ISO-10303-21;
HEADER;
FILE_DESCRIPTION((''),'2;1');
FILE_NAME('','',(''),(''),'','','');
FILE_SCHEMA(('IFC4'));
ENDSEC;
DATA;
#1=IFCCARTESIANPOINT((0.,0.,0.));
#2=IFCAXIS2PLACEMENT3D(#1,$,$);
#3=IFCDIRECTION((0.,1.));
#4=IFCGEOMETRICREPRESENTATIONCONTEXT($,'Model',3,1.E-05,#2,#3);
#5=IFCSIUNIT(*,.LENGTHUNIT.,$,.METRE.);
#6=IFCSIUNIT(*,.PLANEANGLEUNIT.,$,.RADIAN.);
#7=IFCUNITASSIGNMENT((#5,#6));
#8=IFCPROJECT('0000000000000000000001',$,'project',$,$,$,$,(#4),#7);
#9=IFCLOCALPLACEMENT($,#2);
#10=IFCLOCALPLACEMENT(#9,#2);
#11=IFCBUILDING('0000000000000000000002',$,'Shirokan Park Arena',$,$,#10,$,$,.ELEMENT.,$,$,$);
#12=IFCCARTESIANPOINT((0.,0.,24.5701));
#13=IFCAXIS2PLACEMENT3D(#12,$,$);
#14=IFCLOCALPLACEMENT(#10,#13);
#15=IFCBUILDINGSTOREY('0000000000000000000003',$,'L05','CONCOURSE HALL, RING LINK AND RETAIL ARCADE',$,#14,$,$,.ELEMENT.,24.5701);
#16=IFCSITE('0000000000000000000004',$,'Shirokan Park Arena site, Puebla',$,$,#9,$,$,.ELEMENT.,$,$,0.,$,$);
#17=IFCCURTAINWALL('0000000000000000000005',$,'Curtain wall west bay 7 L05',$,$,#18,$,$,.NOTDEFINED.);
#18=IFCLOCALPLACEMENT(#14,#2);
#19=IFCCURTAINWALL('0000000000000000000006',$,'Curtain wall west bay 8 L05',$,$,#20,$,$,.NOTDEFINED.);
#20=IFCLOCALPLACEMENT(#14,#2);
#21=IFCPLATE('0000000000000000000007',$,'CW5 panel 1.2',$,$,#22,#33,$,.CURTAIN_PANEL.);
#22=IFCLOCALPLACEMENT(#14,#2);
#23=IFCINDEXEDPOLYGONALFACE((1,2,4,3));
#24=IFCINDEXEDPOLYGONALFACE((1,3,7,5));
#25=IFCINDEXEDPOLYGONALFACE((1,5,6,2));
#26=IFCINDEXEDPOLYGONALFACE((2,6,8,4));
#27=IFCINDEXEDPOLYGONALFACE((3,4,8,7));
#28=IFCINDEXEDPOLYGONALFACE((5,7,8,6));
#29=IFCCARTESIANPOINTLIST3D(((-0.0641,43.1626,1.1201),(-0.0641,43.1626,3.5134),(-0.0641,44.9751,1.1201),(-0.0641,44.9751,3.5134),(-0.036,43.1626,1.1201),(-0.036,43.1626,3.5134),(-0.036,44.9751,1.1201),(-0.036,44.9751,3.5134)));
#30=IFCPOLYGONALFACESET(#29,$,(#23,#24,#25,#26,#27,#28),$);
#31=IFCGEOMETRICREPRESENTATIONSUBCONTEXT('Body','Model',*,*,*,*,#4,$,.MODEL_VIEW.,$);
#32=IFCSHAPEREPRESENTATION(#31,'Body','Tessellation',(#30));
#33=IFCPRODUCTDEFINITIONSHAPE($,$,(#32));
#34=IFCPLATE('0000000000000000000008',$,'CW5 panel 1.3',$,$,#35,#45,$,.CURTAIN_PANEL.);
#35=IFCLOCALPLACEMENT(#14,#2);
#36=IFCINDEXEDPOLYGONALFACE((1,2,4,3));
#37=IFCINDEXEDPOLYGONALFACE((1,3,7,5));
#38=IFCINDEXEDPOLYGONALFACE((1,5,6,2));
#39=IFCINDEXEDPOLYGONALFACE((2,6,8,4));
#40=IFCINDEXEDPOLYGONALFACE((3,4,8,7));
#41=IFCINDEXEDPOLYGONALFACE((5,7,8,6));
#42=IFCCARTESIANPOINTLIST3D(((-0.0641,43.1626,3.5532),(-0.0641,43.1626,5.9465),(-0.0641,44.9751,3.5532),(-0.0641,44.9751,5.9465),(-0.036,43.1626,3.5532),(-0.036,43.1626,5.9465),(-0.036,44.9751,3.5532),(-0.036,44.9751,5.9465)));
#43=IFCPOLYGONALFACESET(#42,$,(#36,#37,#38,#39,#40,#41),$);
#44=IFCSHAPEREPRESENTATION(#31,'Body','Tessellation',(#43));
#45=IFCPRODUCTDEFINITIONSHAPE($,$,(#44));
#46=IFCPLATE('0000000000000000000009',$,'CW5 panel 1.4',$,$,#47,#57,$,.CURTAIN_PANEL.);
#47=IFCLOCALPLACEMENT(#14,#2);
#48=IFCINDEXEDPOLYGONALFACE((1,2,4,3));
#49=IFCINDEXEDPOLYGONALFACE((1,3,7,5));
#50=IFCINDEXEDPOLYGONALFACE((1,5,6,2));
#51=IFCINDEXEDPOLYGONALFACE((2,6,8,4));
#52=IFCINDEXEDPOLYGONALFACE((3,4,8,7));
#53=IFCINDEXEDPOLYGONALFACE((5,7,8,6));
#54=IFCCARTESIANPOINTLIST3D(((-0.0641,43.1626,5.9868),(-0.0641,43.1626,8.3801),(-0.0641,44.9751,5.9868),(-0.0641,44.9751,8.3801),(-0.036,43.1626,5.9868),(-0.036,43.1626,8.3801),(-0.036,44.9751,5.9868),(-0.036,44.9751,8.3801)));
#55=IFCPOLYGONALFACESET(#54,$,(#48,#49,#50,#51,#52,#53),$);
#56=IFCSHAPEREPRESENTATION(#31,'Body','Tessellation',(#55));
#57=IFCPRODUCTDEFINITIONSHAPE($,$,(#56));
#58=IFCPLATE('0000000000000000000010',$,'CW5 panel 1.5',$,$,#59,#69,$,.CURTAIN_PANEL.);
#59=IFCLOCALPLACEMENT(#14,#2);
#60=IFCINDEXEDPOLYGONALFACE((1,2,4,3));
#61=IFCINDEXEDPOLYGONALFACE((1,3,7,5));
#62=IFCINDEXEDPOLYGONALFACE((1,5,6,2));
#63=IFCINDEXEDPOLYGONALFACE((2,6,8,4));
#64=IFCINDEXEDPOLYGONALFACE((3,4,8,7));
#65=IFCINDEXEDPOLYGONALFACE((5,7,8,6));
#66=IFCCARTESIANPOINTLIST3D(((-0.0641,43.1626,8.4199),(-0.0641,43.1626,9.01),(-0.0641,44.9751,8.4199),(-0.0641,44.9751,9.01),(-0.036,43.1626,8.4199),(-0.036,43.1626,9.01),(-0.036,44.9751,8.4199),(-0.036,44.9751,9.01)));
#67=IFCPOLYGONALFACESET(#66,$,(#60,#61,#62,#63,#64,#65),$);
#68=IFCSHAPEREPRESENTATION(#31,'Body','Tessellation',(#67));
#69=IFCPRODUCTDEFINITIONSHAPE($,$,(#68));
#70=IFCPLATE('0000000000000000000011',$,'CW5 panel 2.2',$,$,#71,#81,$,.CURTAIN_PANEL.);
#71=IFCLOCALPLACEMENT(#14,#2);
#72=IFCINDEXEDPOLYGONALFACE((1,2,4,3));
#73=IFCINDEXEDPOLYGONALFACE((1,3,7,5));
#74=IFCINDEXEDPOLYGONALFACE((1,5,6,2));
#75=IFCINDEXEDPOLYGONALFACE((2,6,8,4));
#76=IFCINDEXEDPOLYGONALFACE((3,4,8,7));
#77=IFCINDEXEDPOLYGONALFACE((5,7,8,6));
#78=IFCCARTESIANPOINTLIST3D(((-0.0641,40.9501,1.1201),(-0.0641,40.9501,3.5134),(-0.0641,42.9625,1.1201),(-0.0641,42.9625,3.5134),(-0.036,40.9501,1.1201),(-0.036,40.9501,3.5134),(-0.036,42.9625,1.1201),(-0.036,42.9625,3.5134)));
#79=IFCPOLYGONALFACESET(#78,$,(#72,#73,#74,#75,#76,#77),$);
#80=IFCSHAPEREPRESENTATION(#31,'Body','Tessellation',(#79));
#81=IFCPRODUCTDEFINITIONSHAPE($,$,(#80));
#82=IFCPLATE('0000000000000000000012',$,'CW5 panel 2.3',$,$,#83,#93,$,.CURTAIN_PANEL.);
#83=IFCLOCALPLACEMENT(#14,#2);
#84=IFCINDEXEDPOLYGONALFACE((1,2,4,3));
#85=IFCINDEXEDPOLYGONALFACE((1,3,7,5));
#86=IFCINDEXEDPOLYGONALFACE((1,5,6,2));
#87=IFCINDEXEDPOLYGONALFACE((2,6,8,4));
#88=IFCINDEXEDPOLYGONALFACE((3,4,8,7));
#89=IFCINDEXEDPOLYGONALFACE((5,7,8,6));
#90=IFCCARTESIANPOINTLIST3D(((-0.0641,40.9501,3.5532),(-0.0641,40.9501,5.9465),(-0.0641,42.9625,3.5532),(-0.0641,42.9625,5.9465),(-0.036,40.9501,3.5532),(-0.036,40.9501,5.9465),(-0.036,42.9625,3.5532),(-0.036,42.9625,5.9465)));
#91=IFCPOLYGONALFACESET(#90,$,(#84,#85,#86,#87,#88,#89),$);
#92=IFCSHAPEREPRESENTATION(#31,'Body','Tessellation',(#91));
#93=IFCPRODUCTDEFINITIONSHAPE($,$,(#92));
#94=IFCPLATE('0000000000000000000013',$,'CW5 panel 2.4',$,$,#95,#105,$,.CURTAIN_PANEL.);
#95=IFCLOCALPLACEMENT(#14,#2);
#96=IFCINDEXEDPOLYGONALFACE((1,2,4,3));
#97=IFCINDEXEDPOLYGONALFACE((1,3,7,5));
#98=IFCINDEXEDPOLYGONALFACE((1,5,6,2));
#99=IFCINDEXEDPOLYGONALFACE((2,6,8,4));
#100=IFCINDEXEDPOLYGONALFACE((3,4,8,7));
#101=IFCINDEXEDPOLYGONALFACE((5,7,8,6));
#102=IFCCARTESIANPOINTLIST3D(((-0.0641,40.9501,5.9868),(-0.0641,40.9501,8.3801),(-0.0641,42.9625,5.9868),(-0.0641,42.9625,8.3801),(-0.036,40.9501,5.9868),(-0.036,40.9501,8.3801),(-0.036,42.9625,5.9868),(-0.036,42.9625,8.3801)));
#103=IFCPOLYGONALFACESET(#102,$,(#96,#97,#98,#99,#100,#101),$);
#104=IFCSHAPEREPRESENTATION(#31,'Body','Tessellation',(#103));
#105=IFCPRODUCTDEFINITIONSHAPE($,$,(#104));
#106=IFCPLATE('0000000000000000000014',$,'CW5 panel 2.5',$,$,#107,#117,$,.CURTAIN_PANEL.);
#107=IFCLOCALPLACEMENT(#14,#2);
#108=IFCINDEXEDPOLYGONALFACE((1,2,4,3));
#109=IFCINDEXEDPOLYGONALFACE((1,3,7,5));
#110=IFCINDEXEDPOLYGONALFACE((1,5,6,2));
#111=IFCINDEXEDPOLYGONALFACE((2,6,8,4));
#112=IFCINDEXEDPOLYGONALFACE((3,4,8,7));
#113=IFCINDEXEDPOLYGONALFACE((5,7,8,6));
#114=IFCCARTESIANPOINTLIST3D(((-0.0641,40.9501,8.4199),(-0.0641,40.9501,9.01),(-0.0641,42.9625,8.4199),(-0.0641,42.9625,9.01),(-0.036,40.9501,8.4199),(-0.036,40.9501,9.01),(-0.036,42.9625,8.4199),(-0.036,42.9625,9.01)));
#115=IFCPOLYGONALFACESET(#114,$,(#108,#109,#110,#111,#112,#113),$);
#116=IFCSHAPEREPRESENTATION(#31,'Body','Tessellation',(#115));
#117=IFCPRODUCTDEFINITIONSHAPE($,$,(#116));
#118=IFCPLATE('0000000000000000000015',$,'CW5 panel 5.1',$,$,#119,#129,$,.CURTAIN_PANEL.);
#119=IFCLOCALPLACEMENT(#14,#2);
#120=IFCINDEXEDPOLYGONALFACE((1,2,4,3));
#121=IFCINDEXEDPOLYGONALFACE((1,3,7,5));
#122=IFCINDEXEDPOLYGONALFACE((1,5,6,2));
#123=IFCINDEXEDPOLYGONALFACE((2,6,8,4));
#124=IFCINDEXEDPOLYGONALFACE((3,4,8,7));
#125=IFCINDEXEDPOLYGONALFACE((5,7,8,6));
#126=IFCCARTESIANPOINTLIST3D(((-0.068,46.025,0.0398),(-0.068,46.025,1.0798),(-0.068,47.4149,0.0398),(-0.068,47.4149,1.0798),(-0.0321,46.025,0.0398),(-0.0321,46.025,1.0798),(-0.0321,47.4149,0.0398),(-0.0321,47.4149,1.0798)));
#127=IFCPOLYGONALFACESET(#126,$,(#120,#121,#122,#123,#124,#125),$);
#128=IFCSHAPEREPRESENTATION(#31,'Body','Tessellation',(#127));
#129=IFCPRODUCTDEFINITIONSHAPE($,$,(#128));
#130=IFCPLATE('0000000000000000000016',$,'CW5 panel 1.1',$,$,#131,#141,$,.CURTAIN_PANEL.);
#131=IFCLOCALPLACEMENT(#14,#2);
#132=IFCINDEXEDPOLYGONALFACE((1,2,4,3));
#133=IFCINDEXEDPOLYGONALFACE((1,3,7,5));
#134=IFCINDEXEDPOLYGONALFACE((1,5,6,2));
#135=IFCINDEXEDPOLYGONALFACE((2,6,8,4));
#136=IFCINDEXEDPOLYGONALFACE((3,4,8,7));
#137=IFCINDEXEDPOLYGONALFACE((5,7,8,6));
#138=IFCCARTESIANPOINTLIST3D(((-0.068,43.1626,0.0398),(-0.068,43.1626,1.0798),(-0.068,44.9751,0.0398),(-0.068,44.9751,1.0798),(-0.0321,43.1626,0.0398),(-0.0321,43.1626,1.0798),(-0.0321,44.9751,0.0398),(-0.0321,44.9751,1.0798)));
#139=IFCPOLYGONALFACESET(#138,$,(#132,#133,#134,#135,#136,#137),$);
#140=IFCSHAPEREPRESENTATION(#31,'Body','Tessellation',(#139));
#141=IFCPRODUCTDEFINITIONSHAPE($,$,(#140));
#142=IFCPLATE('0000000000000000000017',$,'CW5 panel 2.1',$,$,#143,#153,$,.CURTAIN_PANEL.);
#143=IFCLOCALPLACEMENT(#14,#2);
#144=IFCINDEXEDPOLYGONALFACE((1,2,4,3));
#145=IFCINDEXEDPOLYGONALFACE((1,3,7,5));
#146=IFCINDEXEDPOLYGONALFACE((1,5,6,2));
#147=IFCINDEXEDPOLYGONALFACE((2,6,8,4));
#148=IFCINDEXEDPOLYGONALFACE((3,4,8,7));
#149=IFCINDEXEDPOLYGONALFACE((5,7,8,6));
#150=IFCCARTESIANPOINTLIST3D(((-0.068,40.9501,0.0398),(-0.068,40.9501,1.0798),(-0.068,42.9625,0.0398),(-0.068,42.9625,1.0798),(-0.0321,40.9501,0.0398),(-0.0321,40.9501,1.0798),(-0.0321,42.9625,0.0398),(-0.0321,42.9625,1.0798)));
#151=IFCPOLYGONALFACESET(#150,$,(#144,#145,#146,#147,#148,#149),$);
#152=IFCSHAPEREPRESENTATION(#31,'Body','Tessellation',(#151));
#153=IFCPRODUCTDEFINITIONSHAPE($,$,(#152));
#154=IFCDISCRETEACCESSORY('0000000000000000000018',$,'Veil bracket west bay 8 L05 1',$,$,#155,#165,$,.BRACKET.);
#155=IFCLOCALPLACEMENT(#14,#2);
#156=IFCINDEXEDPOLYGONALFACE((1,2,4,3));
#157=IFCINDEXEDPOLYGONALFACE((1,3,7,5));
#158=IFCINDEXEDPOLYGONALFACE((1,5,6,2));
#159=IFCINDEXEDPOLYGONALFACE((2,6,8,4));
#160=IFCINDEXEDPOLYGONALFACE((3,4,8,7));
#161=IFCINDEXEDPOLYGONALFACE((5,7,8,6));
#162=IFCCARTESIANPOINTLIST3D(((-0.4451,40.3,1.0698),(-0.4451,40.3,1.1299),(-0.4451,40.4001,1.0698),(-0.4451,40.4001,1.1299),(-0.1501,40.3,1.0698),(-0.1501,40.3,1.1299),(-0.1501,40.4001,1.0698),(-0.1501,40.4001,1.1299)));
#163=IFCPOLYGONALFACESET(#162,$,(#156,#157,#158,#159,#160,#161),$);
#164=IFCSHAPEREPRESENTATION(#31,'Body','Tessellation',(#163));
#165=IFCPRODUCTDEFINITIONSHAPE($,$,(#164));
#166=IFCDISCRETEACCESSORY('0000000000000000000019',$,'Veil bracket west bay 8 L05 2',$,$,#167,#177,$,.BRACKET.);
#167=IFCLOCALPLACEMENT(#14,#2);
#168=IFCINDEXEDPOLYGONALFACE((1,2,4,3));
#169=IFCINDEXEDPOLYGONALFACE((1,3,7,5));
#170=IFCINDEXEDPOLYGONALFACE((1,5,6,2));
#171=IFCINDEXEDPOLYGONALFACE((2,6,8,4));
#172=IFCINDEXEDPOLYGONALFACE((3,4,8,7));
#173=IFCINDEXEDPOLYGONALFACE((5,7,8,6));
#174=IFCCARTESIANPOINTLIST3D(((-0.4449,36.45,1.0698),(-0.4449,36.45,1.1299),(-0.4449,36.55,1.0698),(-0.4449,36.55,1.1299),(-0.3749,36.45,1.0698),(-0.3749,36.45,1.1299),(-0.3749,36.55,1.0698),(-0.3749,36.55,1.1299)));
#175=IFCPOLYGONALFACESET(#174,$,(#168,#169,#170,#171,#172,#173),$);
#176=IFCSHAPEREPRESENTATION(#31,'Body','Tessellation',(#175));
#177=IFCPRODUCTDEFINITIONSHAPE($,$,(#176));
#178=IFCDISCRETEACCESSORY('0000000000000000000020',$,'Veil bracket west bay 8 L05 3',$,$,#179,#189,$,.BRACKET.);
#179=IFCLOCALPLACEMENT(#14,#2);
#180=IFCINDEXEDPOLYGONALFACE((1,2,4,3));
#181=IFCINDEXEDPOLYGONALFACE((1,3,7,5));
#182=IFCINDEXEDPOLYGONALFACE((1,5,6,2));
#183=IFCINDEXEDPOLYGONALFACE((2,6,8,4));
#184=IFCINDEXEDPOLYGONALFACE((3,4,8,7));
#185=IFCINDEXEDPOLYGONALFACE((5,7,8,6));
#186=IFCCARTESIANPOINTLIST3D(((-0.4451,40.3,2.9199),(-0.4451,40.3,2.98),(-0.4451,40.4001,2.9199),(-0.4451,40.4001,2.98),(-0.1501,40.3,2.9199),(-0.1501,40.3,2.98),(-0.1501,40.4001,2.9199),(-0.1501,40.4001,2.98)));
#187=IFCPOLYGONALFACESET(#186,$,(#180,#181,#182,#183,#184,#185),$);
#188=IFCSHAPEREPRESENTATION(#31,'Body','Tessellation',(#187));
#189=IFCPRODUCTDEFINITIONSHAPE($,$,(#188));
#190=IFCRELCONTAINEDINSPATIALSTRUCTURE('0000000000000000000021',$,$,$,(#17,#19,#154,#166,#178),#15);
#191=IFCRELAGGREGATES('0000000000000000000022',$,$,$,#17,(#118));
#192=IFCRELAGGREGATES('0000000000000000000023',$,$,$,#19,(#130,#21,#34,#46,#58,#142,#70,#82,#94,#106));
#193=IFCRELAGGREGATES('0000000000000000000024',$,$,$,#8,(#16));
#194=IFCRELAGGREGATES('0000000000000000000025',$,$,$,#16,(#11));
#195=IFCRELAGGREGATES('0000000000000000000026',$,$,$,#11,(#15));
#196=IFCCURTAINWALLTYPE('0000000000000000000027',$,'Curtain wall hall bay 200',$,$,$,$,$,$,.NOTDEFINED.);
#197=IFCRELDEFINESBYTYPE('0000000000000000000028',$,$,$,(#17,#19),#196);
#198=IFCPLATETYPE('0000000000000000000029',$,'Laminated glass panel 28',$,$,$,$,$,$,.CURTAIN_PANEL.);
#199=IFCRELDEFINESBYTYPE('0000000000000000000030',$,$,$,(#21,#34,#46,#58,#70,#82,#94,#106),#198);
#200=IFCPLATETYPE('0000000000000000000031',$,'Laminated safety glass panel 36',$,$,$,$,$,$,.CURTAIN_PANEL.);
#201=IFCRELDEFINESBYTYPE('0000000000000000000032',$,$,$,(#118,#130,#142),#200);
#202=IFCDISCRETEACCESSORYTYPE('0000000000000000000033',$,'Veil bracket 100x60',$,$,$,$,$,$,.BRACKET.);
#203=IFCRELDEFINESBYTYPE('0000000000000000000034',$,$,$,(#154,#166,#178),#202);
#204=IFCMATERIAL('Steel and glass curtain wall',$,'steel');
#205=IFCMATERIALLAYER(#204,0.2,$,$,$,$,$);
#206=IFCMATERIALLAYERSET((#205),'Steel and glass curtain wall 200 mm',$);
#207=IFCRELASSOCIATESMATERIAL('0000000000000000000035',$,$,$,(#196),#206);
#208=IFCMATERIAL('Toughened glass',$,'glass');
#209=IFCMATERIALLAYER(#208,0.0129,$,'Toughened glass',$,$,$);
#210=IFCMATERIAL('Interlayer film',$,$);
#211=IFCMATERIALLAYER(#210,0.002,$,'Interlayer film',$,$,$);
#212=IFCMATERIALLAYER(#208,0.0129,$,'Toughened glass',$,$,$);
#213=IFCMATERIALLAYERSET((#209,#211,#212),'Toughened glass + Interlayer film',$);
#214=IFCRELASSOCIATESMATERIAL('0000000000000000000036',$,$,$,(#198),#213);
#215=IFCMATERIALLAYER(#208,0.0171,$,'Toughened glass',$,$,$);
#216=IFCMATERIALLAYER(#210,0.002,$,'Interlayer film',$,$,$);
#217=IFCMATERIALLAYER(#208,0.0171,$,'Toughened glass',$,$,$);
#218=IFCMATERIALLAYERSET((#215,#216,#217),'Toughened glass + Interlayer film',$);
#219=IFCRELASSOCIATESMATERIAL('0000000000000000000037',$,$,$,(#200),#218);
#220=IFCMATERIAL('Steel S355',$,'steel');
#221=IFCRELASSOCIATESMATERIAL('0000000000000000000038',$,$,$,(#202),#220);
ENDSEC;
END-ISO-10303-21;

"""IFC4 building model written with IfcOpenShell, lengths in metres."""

from ifc_helpers import new_model, si_unit, direction, frame, origin, origin_2d, place, context, subcontext, project, spatial, rectangle, extrude, material, layer, layer_set, type_object, element, aggregate, save


model = new_model("IFC4")

# Units and contexts
model_context = context("Model", 3, precision=1e-05, world=origin(), true_north=direction((0.0, 1.0)))
body_context = subcontext(model_context, "Body", "Model", "MODEL_VIEW")
ifc_project = project(units=[si_unit("LENGTHUNIT", "METRE"), si_unit("PLANEANGLEUNIT", "RADIAN")], contexts=[model_context])

# Site, building, storey
site_placement = place(None, origin())
site = spatial("IfcSite", under=ifc_project, at=site_placement, Name="Shirokan Park Arena site, Puebla", CompositionType="ELEMENT", RefElevation=0.0)
building_placement = place(site_placement, origin())
building = spatial("IfcBuilding", under=site, at=building_placement, Name="Shirokan Park Arena", CompositionType="ELEMENT")
storey_placement = place(building_placement, frame((0.0, 0.0, 24.5701)))
storey = spatial("IfcBuildingStorey", under=building, at=storey_placement, Name="L05", Description="CONCOURSE HALL, RING LINK AND RETAIL ARCADE", CompositionType="ELEMENT", Elevation=24.5701)

# Curtain wall
ifc_material_1 = material(Name="Steel and glass curtain wall", Category="steel")
ifc_layer_1 = layer(ifc_material_1, 0.2)
ifc_layer_set_1 = layer_set([ifc_layer_1], Name="Steel and glass curtain wall 200 mm")
curtain_wall_type = type_object("IfcCurtainWallType", Name="Curtain wall hall bay 200", PredefinedType="NOTDEFINED", material=ifc_layer_set_1)
curtain_wall_1_placement = place(storey_placement, origin())
curtain_wall_1 = element("IfcCurtainWall", 1, at=curtain_wall_1_placement, inside=storey, type_object=curtain_wall_type, Name="Curtain wall west bay 7 L05", PredefinedType="NOTDEFINED")
ifc_material_2 = material(Name="Steel S355", Category="steel")

# Curtain wall
curtain_wall_2_placement = place(storey_placement, origin())
curtain_wall_2 = element("IfcCurtainWall", 2, at=curtain_wall_2_placement, inside=storey, type_object=curtain_wall_type, Name="Curtain wall west bay 8 L05", PredefinedType="NOTDEFINED")

# Plates
ifc_material_3 = material(Name="Toughened glass", Category="glass")
ifc_layer_2 = layer(ifc_material_3, 0.0129, Name="Toughened glass")
ifc_material_4 = material(Name="Interlayer film")
ifc_layer_3 = layer(ifc_material_4, 0.002, Name="Interlayer film")
ifc_layer_4 = layer(ifc_material_3, 0.0129, Name="Toughened glass")
ifc_layer_set_2 = layer_set([ifc_layer_2, ifc_layer_3, ifc_layer_4], Name="Toughened glass + Interlayer film")
plate_type_1 = type_object("IfcPlateType", Name="Laminated glass panel 28", PredefinedType="CURTAIN_PANEL", material=ifc_layer_set_2)
plate_1_placement = place(storey_placement, frame((-0.05, 44.0688, 1.1201), z_axis=(0.0, 0.0, 1.0), x_axis=(0.0, -1.0, 0.0)))
plate_1 = element("IfcPlate", 3, at=plate_1_placement, type_object=plate_type_1, Name="CW5 panel 1.2", PredefinedType="CURTAIN_PANEL", context=body_context, shape_type="SweptSolid", body=[
    extrude(rectangle(XDim=1.8125, YDim=0.0281, at=origin_2d()), origin(), (0.0, 0.0, 1.0), 2.3933),
])
plate_2_placement = place(storey_placement, frame((-0.05, 44.0688, 3.5532), z_axis=(0.0, 0.0, 1.0), x_axis=(0.0, -1.0, 0.0)))
plate_2 = element("IfcPlate", 4, at=plate_2_placement, type_object=plate_type_1, Name="CW5 panel 1.3", PredefinedType="CURTAIN_PANEL", context=body_context, shape_type="SweptSolid", body=[
    extrude(rectangle(XDim=1.8125, YDim=0.0281, at=origin_2d()), origin(), (0.0, 0.0, 1.0), 2.3933),
])
plate_3_placement = place(storey_placement, frame((-0.05, 44.0688, 5.9868), z_axis=(0.0, 0.0, 1.0), x_axis=(0.0, -1.0, 0.0)))
plate_3 = element("IfcPlate", 5, at=plate_3_placement, type_object=plate_type_1, Name="CW5 panel 1.4", PredefinedType="CURTAIN_PANEL", context=body_context, shape_type="SweptSolid", body=[
    extrude(rectangle(XDim=1.8125, YDim=0.0281, at=origin_2d()), origin(), (0.0, 0.0, 1.0), 2.3933),
])
plate_4_placement = place(storey_placement, frame((-0.05, 44.0688, 8.4199), z_axis=(0.0, 0.0, 1.0), x_axis=(0.0, -1.0, 0.0)))
plate_4 = element("IfcPlate", 6, at=plate_4_placement, type_object=plate_type_1, Name="CW5 panel 1.5", PredefinedType="CURTAIN_PANEL", context=body_context, shape_type="SweptSolid", body=[
    extrude(rectangle(XDim=1.8125, YDim=0.0281, at=origin_2d()), origin(), (0.0, 0.0, 1.0), 0.5901),
])
plate_5_placement = place(storey_placement, frame((-0.05, 41.9563, 1.1201), z_axis=(0.0, 0.0, 1.0), x_axis=(0.0, -1.0, 0.0)))
plate_5 = element("IfcPlate", 7, at=plate_5_placement, type_object=plate_type_1, Name="CW5 panel 2.2", PredefinedType="CURTAIN_PANEL", context=body_context, shape_type="SweptSolid", body=[
    extrude(rectangle(XDim=2.0125, YDim=0.0281, at=origin_2d()), origin(), (0.0, 0.0, 1.0), 2.3933),
])
plate_6_placement = place(storey_placement, frame((-0.05, 41.9563, 3.5532), z_axis=(0.0, 0.0, 1.0), x_axis=(0.0, -1.0, 0.0)))
plate_6 = element("IfcPlate", 8, at=plate_6_placement, type_object=plate_type_1, Name="CW5 panel 2.3", PredefinedType="CURTAIN_PANEL", context=body_context, shape_type="SweptSolid", body=[
    extrude(rectangle(XDim=2.0125, YDim=0.0281, at=origin_2d()), origin(), (0.0, 0.0, 1.0), 2.3933),
])
plate_7_placement = place(storey_placement, frame((-0.05, 41.9563, 5.9868), z_axis=(0.0, 0.0, 1.0), x_axis=(0.0, -1.0, 0.0)))
plate_7 = element("IfcPlate", 9, at=plate_7_placement, type_object=plate_type_1, Name="CW5 panel 2.4", PredefinedType="CURTAIN_PANEL", context=body_context, shape_type="SweptSolid", body=[
    extrude(rectangle(XDim=2.0125, YDim=0.0281, at=origin_2d()), origin(), (0.0, 0.0, 1.0), 2.3933),
])
plate_8_placement = place(storey_placement, frame((-0.05, 41.9563, 8.4199), z_axis=(0.0, 0.0, 1.0), x_axis=(0.0, -1.0, 0.0)))
plate_8 = element("IfcPlate", 10, at=plate_8_placement, type_object=plate_type_1, Name="CW5 panel 2.5", PredefinedType="CURTAIN_PANEL", context=body_context, shape_type="SweptSolid", body=[
    extrude(rectangle(XDim=2.0125, YDim=0.0281, at=origin_2d()), origin(), (0.0, 0.0, 1.0), 0.5901),
])
ifc_layer_5 = layer(ifc_material_3, 0.0171, Name="Toughened glass")
ifc_layer_6 = layer(ifc_material_4, 0.002, Name="Interlayer film")
ifc_layer_7 = layer(ifc_material_3, 0.0171, Name="Toughened glass")
ifc_layer_set_3 = layer_set([ifc_layer_5, ifc_layer_6, ifc_layer_7], Name="Toughened glass + Interlayer film")
plate_type_2 = type_object("IfcPlateType", Name="Laminated safety glass panel 36", PredefinedType="CURTAIN_PANEL", material=ifc_layer_set_3)
plate_9_placement = place(storey_placement, frame((-0.05, 46.72, 0.0398), z_axis=(0.0, 0.0, 1.0), x_axis=(0.0, -1.0, 0.0)))
plate_9 = element("IfcPlate", 11, at=plate_9_placement, type_object=plate_type_2, Name="CW5 panel 5.1", PredefinedType="CURTAIN_PANEL", context=body_context, shape_type="SweptSolid", body=[
    extrude(rectangle(XDim=1.3899, YDim=0.0359, at=origin_2d()), origin(), (0.0, 0.0, 1.0), 1.04),
])
aggregate(curtain_wall_1, [plate_9])
plate_10_placement = place(storey_placement, frame((-0.05, 44.0688, 0.0398), z_axis=(0.0, 0.0, 1.0), x_axis=(0.0, -1.0, 0.0)))
plate_10 = element("IfcPlate", 12, at=plate_10_placement, type_object=plate_type_2, Name="CW5 panel 1.1", PredefinedType="CURTAIN_PANEL", context=body_context, shape_type="SweptSolid", body=[
    extrude(rectangle(XDim=1.8125, YDim=0.0359, at=origin_2d()), origin(), (0.0, 0.0, 1.0), 1.04),
])
plate_11_placement = place(storey_placement, frame((-0.05, 41.9563, 0.0398), z_axis=(0.0, 0.0, 1.0), x_axis=(0.0, -1.0, 0.0)))
plate_11 = element("IfcPlate", 13, at=plate_11_placement, type_object=plate_type_2, Name="CW5 panel 2.1", PredefinedType="CURTAIN_PANEL", context=body_context, shape_type="SweptSolid", body=[
    extrude(rectangle(XDim=2.0125, YDim=0.0359, at=origin_2d()), origin(), (0.0, 0.0, 1.0), 1.04),
])
aggregate(curtain_wall_2, [plate_10, plate_1, plate_2, plate_3, plate_4, plate_11, plate_5, plate_6, plate_7, plate_8])

# Discrete accessories
discrete_accessory_type = type_object("IfcDiscreteAccessoryType", Name="Veil bracket 100x60", PredefinedType="BRACKET", material=ifc_material_2)
discrete_accessory_1_placement = place(storey_placement, frame((-0.2976, 40.3501, 1.0698), z_axis=(0.0, 0.0, 1.0), x_axis=(0.0, -1.0, 0.0)))
element("IfcDiscreteAccessory", 14, at=discrete_accessory_1_placement, inside=storey, type_object=discrete_accessory_type, Name="Veil bracket west bay 8 L05 1", PredefinedType="BRACKET", context=body_context, shape_type="SweptSolid", body=[
    extrude(rectangle(XDim=0.1001, YDim=0.2949, at=origin_2d()), origin(), (0.0, 0.0, 1.0), 0.0601),
])
discrete_accessory_2_placement = place(storey_placement, frame((-0.4099, 36.5, 1.0698), z_axis=(0.0, 0.0, 1.0), x_axis=(0.0, -1.0, 0.0)))
element("IfcDiscreteAccessory", 15, at=discrete_accessory_2_placement, inside=storey, type_object=discrete_accessory_type, Name="Veil bracket west bay 8 L05 2", PredefinedType="BRACKET", context=body_context, shape_type="SweptSolid", body=[
    extrude(rectangle(XDim=0.1001, YDim=0.0701, at=origin_2d()), origin(), (0.0, 0.0, 1.0), 0.0601),
])
discrete_accessory_3_placement = place(storey_placement, frame((-0.2976, 40.3501, 2.9199), z_axis=(0.0, 0.0, 1.0), x_axis=(0.0, -1.0, 0.0)))
element("IfcDiscreteAccessory", 16, at=discrete_accessory_3_placement, inside=storey, type_object=discrete_accessory_type, Name="Veil bracket west bay 8 L05 3", PredefinedType="BRACKET", context=body_context, shape_type="SweptSolid", body=[
    extrude(rectangle(XDim=0.1001, YDim=0.2949, at=origin_2d()), origin(), (0.0, 0.0, 1.0), 0.0601),
])

save(model, "model.ifc")
